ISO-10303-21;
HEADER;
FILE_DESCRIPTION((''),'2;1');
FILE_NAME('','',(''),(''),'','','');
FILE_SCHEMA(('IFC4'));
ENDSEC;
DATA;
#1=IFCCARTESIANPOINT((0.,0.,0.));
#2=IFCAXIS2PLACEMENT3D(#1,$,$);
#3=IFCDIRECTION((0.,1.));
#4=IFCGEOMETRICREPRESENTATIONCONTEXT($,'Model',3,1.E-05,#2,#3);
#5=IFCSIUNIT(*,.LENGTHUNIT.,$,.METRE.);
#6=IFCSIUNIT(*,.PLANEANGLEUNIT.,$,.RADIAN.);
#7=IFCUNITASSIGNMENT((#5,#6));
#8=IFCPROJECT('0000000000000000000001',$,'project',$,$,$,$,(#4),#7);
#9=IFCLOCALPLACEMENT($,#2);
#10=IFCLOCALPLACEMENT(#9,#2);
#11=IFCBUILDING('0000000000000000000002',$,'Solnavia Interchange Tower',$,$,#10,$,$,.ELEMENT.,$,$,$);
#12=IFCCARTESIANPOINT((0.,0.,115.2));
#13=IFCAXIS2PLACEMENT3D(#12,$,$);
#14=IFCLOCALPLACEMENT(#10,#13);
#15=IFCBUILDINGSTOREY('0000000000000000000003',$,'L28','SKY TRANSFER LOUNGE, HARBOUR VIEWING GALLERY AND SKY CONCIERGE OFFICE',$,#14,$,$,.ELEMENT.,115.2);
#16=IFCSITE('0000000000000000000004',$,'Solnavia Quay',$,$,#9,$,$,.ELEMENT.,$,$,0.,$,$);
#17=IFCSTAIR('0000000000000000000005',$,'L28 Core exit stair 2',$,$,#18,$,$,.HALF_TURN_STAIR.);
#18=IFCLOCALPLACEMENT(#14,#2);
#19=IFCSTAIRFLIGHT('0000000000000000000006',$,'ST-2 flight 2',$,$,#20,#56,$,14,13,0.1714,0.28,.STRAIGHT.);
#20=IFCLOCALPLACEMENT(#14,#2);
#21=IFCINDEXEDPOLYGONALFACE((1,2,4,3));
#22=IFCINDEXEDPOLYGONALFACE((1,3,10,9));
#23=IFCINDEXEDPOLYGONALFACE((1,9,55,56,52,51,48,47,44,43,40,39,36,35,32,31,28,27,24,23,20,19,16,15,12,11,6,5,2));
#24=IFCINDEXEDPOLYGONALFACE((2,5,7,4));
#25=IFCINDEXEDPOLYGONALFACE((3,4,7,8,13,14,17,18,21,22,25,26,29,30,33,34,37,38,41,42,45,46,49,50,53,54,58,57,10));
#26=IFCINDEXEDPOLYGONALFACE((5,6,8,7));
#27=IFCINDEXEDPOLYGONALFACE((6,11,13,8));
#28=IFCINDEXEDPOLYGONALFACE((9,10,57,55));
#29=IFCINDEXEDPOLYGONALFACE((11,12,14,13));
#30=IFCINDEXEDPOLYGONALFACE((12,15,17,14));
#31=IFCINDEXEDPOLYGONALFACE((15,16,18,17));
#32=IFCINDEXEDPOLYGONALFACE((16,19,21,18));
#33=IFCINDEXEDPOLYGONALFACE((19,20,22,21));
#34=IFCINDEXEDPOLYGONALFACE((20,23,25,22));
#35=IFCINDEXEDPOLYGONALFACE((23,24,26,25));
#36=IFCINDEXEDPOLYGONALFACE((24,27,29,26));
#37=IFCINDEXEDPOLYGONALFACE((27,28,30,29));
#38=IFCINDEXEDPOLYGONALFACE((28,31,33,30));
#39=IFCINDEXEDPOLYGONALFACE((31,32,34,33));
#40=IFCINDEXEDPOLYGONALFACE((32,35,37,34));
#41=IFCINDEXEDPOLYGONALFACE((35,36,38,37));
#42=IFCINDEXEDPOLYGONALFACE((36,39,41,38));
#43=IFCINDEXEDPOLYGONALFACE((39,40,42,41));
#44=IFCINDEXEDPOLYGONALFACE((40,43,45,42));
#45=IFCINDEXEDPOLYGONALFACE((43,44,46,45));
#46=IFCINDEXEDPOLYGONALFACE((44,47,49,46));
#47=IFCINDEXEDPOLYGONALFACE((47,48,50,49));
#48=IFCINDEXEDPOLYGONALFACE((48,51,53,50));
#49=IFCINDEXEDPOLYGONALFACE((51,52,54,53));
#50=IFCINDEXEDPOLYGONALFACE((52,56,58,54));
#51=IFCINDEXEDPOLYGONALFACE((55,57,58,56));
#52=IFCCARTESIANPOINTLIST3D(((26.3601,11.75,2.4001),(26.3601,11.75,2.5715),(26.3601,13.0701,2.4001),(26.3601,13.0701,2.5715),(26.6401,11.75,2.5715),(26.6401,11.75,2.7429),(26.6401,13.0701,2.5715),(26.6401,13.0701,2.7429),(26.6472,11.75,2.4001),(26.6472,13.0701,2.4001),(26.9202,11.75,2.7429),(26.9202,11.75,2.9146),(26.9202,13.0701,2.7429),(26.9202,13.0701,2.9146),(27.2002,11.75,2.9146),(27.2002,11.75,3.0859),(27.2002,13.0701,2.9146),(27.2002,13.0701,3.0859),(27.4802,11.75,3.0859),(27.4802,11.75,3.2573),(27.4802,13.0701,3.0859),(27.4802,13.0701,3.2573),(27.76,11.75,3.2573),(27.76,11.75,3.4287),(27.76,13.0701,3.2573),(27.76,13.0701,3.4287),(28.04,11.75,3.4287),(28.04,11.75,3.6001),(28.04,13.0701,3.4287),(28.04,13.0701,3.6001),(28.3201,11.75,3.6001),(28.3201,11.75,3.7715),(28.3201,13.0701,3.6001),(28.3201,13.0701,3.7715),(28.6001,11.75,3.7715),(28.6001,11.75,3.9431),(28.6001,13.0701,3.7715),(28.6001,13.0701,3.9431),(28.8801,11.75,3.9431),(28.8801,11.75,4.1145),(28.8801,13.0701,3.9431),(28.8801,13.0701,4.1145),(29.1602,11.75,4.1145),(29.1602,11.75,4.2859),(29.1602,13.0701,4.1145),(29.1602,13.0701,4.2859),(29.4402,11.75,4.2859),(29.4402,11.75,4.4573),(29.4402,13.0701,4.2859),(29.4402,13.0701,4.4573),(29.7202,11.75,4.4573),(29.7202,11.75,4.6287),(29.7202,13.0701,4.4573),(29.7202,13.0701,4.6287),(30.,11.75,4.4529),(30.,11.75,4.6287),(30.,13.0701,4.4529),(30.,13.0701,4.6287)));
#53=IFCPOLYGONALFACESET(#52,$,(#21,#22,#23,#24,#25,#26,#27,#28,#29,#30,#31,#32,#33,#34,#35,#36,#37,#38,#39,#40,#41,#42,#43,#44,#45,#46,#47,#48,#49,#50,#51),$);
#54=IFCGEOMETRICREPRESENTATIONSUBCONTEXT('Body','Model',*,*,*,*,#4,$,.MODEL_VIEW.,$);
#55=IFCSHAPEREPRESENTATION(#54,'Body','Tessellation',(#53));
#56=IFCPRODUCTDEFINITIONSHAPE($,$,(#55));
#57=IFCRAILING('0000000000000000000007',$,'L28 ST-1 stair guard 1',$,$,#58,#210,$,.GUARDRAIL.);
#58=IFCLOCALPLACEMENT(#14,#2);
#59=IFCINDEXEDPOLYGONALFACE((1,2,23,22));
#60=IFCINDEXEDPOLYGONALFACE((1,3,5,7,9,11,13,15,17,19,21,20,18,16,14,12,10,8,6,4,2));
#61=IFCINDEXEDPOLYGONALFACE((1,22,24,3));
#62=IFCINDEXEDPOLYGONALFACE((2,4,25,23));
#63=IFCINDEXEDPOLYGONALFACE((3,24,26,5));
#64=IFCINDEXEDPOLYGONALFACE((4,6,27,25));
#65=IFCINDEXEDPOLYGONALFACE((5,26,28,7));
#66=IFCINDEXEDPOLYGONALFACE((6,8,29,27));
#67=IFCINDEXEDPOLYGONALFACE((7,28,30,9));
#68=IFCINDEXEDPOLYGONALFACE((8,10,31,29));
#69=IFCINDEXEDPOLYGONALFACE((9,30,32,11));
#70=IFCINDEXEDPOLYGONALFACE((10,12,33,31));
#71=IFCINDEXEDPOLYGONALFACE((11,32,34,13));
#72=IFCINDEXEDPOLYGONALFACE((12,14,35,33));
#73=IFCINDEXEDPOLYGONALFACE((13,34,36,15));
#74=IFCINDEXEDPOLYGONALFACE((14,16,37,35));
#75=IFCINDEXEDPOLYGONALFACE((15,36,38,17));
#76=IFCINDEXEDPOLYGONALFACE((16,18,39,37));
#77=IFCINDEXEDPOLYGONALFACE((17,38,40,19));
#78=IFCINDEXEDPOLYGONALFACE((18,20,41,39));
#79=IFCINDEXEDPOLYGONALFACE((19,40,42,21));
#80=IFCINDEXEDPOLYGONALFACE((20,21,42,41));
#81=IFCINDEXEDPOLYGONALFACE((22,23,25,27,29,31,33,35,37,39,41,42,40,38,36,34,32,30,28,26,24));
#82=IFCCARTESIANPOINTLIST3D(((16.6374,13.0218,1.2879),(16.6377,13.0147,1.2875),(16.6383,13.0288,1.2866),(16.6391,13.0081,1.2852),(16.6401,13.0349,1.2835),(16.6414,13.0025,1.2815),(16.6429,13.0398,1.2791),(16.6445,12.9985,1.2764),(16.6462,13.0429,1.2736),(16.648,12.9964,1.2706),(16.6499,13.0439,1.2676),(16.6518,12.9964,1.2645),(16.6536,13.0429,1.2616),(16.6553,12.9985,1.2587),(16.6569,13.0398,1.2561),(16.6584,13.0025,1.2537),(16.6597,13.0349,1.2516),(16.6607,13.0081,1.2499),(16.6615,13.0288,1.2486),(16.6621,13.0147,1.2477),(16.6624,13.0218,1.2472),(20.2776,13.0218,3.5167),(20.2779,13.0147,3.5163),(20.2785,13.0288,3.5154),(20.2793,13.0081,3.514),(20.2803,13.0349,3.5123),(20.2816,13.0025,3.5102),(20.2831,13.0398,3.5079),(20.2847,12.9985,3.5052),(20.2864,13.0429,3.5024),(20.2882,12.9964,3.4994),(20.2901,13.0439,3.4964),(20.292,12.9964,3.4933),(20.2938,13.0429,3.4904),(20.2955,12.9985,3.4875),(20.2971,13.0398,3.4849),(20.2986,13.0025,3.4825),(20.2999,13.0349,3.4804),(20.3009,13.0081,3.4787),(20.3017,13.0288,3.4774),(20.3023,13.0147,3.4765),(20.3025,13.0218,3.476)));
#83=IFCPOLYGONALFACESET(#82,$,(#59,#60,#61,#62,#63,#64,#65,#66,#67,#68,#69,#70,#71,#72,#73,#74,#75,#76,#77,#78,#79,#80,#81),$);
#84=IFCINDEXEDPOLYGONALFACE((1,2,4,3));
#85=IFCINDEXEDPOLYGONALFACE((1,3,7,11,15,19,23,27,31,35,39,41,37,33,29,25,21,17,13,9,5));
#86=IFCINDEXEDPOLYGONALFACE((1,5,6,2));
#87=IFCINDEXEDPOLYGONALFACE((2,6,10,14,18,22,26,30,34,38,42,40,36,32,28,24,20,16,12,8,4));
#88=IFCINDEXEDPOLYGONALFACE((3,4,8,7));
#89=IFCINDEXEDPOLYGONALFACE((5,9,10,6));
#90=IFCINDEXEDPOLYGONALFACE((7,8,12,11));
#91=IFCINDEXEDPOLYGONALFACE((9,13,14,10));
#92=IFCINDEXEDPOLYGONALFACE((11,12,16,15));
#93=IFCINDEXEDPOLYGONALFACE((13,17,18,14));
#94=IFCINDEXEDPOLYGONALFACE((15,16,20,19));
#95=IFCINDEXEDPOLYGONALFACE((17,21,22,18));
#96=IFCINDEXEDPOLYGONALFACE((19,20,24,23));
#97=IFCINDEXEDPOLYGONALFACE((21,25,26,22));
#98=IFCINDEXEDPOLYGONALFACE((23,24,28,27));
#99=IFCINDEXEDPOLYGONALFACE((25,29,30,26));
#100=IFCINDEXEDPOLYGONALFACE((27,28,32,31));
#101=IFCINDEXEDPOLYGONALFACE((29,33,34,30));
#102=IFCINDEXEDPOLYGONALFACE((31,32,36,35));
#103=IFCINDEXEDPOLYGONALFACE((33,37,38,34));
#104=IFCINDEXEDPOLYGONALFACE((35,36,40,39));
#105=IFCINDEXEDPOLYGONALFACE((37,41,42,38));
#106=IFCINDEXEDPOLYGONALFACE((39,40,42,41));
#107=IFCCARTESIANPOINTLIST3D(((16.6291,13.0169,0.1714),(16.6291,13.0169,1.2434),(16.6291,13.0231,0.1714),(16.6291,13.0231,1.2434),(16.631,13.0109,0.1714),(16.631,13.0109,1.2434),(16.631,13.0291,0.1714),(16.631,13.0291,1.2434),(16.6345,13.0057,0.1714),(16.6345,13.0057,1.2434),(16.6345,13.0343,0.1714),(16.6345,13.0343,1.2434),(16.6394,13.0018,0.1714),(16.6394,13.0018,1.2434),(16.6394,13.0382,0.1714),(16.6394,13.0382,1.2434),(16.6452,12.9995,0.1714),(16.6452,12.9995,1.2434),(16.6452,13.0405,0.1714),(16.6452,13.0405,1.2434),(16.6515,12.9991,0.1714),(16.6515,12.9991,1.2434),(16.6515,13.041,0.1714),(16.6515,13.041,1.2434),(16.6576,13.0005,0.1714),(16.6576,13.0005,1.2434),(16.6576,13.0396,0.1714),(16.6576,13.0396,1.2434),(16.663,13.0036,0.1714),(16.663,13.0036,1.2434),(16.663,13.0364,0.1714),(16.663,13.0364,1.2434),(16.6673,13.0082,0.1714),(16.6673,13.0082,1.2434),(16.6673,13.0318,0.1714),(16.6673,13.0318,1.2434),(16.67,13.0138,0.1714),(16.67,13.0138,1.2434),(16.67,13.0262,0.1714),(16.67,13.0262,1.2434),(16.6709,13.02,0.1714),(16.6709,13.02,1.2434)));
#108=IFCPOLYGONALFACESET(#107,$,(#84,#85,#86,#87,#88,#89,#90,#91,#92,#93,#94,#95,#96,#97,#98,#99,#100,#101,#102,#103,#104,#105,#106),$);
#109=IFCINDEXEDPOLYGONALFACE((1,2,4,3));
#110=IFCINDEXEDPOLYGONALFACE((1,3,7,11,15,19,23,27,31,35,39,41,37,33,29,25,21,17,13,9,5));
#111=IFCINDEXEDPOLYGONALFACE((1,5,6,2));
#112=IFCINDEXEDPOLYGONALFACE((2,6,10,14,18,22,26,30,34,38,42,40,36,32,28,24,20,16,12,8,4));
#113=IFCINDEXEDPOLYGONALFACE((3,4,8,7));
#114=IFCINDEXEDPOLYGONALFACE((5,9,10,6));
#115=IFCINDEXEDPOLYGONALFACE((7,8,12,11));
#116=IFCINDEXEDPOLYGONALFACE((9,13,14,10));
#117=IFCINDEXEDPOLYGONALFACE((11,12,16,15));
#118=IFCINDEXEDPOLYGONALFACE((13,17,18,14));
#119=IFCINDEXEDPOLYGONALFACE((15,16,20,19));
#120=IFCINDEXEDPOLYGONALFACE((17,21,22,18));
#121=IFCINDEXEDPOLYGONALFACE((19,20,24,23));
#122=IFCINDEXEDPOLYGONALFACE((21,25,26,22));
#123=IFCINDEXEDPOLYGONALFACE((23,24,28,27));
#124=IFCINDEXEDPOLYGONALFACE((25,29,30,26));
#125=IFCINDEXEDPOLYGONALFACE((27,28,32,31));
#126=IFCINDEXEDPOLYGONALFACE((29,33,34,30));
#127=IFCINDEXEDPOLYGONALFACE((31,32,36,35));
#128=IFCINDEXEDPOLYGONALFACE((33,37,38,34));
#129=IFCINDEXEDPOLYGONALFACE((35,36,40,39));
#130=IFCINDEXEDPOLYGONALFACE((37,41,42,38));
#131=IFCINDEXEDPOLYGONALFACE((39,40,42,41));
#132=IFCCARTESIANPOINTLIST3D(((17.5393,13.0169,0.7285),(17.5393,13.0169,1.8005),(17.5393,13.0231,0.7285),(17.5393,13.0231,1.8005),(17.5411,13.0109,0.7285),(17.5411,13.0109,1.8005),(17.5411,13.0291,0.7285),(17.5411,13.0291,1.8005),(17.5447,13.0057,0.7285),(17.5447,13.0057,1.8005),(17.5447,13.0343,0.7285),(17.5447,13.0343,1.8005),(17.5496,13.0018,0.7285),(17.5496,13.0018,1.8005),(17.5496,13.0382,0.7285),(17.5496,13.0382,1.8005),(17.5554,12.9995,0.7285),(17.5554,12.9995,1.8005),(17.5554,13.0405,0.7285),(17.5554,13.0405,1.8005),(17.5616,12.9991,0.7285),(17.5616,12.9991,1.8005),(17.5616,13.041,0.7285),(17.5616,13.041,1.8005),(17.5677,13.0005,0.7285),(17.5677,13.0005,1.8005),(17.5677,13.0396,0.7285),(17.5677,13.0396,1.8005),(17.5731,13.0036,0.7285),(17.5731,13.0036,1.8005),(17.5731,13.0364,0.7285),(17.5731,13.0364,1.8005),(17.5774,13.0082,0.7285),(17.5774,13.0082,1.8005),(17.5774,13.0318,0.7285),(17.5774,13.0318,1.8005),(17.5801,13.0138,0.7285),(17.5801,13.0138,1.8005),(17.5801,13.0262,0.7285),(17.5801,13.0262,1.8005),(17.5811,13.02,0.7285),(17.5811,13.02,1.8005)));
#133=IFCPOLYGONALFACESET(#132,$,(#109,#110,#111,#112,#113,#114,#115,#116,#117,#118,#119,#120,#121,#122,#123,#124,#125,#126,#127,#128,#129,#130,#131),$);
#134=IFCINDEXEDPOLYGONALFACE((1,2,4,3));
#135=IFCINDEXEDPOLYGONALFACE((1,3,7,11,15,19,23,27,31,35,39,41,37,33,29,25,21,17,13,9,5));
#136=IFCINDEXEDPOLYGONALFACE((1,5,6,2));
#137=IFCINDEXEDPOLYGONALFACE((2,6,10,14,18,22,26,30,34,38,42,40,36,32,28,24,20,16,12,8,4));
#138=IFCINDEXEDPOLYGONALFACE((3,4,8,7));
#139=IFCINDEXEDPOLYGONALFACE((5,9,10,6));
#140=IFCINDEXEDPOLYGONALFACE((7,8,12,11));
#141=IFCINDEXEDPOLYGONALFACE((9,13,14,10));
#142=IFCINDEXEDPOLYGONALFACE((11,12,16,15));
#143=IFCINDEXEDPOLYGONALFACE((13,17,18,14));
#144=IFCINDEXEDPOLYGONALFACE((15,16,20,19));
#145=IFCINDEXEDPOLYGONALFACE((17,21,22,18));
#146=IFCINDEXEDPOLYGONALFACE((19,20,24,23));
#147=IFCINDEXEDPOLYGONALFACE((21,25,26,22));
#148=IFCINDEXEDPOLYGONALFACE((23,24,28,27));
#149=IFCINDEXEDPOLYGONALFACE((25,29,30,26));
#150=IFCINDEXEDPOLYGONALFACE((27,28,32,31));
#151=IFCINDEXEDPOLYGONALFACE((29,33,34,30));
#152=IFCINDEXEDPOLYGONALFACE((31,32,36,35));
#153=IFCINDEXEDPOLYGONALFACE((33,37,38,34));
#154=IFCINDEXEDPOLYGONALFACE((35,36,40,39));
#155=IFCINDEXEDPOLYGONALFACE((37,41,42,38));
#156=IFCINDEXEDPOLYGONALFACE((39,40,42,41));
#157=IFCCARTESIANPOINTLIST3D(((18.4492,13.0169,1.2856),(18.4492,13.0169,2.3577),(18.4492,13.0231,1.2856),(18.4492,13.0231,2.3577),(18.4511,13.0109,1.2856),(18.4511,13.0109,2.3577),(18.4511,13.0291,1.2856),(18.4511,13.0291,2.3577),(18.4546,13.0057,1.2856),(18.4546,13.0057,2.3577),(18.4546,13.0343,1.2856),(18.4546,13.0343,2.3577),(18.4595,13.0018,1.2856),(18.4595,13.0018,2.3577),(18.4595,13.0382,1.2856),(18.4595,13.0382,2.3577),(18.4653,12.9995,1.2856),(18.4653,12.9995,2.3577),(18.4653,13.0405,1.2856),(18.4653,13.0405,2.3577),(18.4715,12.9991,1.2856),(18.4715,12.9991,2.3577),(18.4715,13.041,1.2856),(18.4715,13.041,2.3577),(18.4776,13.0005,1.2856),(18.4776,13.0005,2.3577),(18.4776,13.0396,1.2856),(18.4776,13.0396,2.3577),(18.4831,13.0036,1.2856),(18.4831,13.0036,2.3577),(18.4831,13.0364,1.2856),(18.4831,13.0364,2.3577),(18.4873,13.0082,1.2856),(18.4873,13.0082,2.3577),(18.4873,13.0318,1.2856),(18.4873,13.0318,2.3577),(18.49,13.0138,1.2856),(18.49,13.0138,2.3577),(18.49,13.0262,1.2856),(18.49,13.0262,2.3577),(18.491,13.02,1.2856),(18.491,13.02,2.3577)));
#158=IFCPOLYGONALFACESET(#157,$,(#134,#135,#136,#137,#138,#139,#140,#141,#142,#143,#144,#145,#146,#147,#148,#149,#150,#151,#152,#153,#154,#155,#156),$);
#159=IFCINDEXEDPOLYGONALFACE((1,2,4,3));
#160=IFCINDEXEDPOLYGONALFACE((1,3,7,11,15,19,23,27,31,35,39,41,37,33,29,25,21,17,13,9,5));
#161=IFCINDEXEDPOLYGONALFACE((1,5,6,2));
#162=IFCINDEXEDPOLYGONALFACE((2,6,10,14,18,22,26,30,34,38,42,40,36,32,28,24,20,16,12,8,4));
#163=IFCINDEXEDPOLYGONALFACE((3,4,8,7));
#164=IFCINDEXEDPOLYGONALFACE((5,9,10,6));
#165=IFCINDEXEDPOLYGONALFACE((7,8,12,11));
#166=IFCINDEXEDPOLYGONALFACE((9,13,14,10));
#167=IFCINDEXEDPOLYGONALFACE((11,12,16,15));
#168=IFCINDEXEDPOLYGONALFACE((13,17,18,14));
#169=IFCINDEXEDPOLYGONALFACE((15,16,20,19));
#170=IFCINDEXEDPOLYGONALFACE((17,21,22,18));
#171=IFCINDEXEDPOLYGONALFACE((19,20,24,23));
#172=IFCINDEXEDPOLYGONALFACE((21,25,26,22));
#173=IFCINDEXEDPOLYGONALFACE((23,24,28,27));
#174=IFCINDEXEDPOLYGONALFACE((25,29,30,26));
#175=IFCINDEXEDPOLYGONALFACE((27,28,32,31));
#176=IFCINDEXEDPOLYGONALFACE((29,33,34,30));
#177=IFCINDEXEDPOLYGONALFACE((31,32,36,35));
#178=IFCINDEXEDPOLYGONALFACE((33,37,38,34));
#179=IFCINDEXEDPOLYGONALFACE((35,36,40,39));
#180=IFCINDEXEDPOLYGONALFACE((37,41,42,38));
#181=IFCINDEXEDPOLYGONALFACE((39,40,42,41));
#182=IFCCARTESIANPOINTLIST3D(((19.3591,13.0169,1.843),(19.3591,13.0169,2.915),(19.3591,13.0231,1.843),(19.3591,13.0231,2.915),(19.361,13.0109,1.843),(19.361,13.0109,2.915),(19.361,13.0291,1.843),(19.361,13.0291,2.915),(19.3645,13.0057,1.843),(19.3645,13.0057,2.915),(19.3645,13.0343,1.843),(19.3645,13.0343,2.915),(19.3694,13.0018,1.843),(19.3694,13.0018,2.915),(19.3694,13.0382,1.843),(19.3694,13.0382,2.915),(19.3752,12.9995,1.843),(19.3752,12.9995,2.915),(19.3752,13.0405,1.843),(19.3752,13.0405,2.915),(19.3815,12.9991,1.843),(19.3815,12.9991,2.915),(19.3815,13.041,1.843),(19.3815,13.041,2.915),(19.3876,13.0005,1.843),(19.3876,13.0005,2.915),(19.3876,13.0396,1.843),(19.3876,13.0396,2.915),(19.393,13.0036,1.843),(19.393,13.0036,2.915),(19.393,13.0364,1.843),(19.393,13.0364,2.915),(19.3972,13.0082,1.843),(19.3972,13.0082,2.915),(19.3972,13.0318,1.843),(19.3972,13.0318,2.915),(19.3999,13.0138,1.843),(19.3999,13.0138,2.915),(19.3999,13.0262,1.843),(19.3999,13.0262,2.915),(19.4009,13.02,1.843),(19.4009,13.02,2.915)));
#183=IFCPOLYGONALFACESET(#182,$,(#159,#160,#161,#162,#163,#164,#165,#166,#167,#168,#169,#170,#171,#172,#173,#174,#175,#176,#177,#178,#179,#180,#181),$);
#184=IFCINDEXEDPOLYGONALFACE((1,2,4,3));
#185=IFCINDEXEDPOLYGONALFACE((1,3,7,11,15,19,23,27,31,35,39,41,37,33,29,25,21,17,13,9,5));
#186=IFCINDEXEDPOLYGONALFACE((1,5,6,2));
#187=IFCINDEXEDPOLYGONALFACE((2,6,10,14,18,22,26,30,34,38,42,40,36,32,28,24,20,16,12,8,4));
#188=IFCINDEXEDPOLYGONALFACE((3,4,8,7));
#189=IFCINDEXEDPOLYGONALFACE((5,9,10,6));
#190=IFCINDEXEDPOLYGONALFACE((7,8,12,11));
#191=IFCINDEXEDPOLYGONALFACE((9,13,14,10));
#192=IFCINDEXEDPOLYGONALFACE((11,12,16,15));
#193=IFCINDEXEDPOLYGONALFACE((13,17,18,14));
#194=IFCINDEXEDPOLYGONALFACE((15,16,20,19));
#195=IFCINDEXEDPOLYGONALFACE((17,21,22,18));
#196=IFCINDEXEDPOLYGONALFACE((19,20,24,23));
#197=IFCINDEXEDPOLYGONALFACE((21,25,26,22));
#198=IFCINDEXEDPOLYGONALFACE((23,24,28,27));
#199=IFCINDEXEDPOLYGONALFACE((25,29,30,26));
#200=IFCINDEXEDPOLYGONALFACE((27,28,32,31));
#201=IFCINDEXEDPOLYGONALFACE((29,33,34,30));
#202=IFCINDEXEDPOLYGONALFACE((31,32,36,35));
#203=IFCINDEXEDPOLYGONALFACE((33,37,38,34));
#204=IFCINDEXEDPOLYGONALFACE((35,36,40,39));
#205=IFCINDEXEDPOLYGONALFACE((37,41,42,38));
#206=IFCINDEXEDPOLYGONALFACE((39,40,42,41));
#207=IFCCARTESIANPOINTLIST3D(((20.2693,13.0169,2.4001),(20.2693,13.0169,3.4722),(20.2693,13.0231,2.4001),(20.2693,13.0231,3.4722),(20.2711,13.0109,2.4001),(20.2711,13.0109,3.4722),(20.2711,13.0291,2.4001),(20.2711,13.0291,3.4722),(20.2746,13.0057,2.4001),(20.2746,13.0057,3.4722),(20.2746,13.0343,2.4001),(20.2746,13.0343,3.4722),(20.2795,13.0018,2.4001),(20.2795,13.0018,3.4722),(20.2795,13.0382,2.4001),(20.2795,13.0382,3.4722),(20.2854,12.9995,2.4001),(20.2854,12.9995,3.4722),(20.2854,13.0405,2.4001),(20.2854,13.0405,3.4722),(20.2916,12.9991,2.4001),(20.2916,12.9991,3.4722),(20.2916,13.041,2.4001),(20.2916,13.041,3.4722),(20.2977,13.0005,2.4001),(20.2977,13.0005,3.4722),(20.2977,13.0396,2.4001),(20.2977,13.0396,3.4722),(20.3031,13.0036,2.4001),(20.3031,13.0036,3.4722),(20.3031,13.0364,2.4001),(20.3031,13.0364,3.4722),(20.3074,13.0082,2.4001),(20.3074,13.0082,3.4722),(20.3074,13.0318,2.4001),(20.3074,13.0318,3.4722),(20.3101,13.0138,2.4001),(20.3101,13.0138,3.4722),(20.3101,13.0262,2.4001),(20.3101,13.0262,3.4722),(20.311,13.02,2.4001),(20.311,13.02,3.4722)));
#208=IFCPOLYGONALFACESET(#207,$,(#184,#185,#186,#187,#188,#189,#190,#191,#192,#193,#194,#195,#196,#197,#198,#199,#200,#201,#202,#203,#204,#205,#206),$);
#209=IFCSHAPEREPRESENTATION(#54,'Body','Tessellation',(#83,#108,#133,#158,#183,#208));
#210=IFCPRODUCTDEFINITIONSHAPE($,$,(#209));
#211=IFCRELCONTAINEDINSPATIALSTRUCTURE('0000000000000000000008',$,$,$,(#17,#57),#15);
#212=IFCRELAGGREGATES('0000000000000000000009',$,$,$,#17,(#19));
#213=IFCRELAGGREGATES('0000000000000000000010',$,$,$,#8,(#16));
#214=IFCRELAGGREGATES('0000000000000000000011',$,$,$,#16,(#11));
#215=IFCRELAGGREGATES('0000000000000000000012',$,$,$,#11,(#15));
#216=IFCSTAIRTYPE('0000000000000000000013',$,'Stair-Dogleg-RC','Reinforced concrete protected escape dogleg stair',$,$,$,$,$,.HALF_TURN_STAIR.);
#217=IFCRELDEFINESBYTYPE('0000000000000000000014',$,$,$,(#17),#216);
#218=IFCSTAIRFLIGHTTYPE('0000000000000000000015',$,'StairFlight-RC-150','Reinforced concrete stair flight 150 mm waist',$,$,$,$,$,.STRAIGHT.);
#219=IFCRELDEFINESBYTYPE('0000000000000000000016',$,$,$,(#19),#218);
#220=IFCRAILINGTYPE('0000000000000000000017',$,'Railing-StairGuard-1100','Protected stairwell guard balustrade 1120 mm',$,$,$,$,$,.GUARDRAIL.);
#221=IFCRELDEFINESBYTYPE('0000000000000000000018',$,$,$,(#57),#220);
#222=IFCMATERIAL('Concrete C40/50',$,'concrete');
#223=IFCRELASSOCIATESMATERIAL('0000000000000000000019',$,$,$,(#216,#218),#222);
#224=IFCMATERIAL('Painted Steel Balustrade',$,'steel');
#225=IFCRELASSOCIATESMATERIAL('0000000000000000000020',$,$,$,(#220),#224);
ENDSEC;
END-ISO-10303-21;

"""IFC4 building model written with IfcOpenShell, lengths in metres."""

from ifc_helpers import new_model, si_unit, direction, frame, origin, origin_2d, place, context, subcontext, project, spatial, polyline, circle, outline, extrude, material, type_object, element, aggregate, save


model = new_model("IFC4")

# Units and contexts
model_context = context("Model", 3, precision=1e-05, world=origin(), true_north=direction((0.0, 1.0)))
body_context = subcontext(model_context, "Body", "Model", "MODEL_VIEW")
ifc_project = project(units=[si_unit("LENGTHUNIT", "METRE"), si_unit("PLANEANGLEUNIT", "RADIAN")], contexts=[model_context])

# Site, building, storey
site_placement = place(None, origin())
site = spatial("IfcSite", under=ifc_project, at=site_placement, Name="Solnavia Quay", CompositionType="ELEMENT", RefElevation=0.0)
building_placement = place(site_placement, origin())
building = spatial("IfcBuilding", under=site, at=building_placement, Name="Solnavia Interchange Tower", CompositionType="ELEMENT")
storey_placement = place(building_placement, frame((0.0, 0.0, 115.2)))
storey = spatial("IfcBuildingStorey", under=building, at=storey_placement, Name="L28", Description="SKY TRANSFER LOUNGE, HARBOUR VIEWING GALLERY AND SKY CONCIERGE OFFICE", CompositionType="ELEMENT", Elevation=115.2)

# Shared definitions
ifc_material_1 = material(Name="Concrete C40/50", Category="concrete")

# Shared definitions
stair_type = type_object("IfcStairType", Name="Stair-Dogleg-RC", Description="Reinforced concrete protected escape dogleg stair", PredefinedType="HALF_TURN_STAIR", material=ifc_material_1)
stair_flight_type = type_object("IfcStairFlightType", Name="StairFlight-RC-150", Description="Reinforced concrete stair flight 150 mm waist", PredefinedType="STRAIGHT", material=ifc_material_1)

# Stair, stair flight
stair_1_placement = place(storey_placement, origin())
stair_1 = element("IfcStair", 1, at=stair_1_placement, inside=storey, type_object=stair_type, Name="L28 Core exit stair 2", PredefinedType="HALF_TURN_STAIR")
stair_flight_1_placement = place(storey_placement, frame((26.3601, 12.4099, 2.4001), z_axis=(0.0, 0.0, 1.0), x_axis=(1.0, 0.0, 0.0)))
stair_flight_1 = element("IfcStairFlight", 2, at=stair_flight_1_placement, type_object=stair_flight_type, Name="ST-2 flight 2", NumberOfRisers=14, NumberOfTreads=13, PredefinedType="STRAIGHT", RiserHeight=0.1714, TreadLength=0.28, context=body_context, shape_type="SweptSolid", body=[
    extrude(outline(polyline([(0.0, 0.0), (0.0, 0.1714), (0.28, 0.1714), (0.28, 0.3428), (0.5601, 0.3428), (0.5601, 0.5144), (0.8401, 0.5144), (0.8401, 0.6858), (1.1201, 0.6858), (1.1201, 0.8572), (1.3999, 0.8572), (1.3999, 1.0286), (1.6799, 1.0286), (1.6799, 1.2), (1.96, 1.2), (1.96, 1.3713), (2.24, 1.3713), (2.24, 1.543), (2.52, 1.543), (2.52, 1.7144), (2.8, 1.7144), (2.8, 1.8857), (3.0801, 1.8857), (3.0801, 2.0571), (3.3601, 2.0571), (3.3601, 2.2285), (3.6399, 2.2285), (3.6399, 2.3999), (3.6399, 2.0527), (0.2871, 0.0), (0.0, 0.0)])), frame((0.0, 0.6602, 0.0), z_axis=(0.0, -1.0, 0.0), x_axis=(1.0, 0.0, 0.0)), (0.0, 0.0, 1.0), 1.3201),
])
aggregate(stair_1, [stair_flight_1])

# Railing
ifc_material_2 = material(Name="Painted Steel Balustrade", Category="steel")
railing_type_1 = type_object("IfcRailingType", Name="Railing-StairGuard-1100", Description="Protected stairwell guard balustrade 1120 mm", PredefinedType="GUARDRAIL", material=ifc_material_2)
railing_1_placement = place(storey_placement, frame((16.6499, 13.02, 0.1714)))
element("IfcRailing", 3, at=railing_1_placement, inside=storey, type_object=railing_type_1, Name="L28 ST-1 stair guard 1", PredefinedType="GUARDRAIL", context=body_context, shape_type="SweptSolid", body=[
    extrude(circle(Radius=0.0239, at=origin_2d()), frame((0.0, 0.0, 1.0962), z_axis=(0.85284, 0.0, 0.522172), x_axis=(0.0, 1.0, 0.0)), (0.0, 0.0, 1.0), 4.2683),
    extrude(circle(Radius=0.021, at=origin_2d()), origin(), (0.0, 0.0, 1.0), 1.072),
    extrude(circle(Radius=0.021, at=origin_2d()), frame((0.9102, 0.0, 0.5571)), (0.0, 0.0, 1.0), 1.072),
    extrude(circle(Radius=0.021, at=origin_2d()), frame((1.8201, 0.0, 1.1143)), (0.0, 0.0, 1.0), 1.072),
    extrude(circle(Radius=0.021, at=origin_2d()), frame((2.73, 0.0, 1.6716)), (0.0, 0.0, 1.0), 1.072),
    extrude(circle(Radius=0.021, at=origin_2d()), frame((3.6401, 0.0, 2.2288)), (0.0, 0.0, 1.0), 1.072),
])

save(model, "model.ifc")
